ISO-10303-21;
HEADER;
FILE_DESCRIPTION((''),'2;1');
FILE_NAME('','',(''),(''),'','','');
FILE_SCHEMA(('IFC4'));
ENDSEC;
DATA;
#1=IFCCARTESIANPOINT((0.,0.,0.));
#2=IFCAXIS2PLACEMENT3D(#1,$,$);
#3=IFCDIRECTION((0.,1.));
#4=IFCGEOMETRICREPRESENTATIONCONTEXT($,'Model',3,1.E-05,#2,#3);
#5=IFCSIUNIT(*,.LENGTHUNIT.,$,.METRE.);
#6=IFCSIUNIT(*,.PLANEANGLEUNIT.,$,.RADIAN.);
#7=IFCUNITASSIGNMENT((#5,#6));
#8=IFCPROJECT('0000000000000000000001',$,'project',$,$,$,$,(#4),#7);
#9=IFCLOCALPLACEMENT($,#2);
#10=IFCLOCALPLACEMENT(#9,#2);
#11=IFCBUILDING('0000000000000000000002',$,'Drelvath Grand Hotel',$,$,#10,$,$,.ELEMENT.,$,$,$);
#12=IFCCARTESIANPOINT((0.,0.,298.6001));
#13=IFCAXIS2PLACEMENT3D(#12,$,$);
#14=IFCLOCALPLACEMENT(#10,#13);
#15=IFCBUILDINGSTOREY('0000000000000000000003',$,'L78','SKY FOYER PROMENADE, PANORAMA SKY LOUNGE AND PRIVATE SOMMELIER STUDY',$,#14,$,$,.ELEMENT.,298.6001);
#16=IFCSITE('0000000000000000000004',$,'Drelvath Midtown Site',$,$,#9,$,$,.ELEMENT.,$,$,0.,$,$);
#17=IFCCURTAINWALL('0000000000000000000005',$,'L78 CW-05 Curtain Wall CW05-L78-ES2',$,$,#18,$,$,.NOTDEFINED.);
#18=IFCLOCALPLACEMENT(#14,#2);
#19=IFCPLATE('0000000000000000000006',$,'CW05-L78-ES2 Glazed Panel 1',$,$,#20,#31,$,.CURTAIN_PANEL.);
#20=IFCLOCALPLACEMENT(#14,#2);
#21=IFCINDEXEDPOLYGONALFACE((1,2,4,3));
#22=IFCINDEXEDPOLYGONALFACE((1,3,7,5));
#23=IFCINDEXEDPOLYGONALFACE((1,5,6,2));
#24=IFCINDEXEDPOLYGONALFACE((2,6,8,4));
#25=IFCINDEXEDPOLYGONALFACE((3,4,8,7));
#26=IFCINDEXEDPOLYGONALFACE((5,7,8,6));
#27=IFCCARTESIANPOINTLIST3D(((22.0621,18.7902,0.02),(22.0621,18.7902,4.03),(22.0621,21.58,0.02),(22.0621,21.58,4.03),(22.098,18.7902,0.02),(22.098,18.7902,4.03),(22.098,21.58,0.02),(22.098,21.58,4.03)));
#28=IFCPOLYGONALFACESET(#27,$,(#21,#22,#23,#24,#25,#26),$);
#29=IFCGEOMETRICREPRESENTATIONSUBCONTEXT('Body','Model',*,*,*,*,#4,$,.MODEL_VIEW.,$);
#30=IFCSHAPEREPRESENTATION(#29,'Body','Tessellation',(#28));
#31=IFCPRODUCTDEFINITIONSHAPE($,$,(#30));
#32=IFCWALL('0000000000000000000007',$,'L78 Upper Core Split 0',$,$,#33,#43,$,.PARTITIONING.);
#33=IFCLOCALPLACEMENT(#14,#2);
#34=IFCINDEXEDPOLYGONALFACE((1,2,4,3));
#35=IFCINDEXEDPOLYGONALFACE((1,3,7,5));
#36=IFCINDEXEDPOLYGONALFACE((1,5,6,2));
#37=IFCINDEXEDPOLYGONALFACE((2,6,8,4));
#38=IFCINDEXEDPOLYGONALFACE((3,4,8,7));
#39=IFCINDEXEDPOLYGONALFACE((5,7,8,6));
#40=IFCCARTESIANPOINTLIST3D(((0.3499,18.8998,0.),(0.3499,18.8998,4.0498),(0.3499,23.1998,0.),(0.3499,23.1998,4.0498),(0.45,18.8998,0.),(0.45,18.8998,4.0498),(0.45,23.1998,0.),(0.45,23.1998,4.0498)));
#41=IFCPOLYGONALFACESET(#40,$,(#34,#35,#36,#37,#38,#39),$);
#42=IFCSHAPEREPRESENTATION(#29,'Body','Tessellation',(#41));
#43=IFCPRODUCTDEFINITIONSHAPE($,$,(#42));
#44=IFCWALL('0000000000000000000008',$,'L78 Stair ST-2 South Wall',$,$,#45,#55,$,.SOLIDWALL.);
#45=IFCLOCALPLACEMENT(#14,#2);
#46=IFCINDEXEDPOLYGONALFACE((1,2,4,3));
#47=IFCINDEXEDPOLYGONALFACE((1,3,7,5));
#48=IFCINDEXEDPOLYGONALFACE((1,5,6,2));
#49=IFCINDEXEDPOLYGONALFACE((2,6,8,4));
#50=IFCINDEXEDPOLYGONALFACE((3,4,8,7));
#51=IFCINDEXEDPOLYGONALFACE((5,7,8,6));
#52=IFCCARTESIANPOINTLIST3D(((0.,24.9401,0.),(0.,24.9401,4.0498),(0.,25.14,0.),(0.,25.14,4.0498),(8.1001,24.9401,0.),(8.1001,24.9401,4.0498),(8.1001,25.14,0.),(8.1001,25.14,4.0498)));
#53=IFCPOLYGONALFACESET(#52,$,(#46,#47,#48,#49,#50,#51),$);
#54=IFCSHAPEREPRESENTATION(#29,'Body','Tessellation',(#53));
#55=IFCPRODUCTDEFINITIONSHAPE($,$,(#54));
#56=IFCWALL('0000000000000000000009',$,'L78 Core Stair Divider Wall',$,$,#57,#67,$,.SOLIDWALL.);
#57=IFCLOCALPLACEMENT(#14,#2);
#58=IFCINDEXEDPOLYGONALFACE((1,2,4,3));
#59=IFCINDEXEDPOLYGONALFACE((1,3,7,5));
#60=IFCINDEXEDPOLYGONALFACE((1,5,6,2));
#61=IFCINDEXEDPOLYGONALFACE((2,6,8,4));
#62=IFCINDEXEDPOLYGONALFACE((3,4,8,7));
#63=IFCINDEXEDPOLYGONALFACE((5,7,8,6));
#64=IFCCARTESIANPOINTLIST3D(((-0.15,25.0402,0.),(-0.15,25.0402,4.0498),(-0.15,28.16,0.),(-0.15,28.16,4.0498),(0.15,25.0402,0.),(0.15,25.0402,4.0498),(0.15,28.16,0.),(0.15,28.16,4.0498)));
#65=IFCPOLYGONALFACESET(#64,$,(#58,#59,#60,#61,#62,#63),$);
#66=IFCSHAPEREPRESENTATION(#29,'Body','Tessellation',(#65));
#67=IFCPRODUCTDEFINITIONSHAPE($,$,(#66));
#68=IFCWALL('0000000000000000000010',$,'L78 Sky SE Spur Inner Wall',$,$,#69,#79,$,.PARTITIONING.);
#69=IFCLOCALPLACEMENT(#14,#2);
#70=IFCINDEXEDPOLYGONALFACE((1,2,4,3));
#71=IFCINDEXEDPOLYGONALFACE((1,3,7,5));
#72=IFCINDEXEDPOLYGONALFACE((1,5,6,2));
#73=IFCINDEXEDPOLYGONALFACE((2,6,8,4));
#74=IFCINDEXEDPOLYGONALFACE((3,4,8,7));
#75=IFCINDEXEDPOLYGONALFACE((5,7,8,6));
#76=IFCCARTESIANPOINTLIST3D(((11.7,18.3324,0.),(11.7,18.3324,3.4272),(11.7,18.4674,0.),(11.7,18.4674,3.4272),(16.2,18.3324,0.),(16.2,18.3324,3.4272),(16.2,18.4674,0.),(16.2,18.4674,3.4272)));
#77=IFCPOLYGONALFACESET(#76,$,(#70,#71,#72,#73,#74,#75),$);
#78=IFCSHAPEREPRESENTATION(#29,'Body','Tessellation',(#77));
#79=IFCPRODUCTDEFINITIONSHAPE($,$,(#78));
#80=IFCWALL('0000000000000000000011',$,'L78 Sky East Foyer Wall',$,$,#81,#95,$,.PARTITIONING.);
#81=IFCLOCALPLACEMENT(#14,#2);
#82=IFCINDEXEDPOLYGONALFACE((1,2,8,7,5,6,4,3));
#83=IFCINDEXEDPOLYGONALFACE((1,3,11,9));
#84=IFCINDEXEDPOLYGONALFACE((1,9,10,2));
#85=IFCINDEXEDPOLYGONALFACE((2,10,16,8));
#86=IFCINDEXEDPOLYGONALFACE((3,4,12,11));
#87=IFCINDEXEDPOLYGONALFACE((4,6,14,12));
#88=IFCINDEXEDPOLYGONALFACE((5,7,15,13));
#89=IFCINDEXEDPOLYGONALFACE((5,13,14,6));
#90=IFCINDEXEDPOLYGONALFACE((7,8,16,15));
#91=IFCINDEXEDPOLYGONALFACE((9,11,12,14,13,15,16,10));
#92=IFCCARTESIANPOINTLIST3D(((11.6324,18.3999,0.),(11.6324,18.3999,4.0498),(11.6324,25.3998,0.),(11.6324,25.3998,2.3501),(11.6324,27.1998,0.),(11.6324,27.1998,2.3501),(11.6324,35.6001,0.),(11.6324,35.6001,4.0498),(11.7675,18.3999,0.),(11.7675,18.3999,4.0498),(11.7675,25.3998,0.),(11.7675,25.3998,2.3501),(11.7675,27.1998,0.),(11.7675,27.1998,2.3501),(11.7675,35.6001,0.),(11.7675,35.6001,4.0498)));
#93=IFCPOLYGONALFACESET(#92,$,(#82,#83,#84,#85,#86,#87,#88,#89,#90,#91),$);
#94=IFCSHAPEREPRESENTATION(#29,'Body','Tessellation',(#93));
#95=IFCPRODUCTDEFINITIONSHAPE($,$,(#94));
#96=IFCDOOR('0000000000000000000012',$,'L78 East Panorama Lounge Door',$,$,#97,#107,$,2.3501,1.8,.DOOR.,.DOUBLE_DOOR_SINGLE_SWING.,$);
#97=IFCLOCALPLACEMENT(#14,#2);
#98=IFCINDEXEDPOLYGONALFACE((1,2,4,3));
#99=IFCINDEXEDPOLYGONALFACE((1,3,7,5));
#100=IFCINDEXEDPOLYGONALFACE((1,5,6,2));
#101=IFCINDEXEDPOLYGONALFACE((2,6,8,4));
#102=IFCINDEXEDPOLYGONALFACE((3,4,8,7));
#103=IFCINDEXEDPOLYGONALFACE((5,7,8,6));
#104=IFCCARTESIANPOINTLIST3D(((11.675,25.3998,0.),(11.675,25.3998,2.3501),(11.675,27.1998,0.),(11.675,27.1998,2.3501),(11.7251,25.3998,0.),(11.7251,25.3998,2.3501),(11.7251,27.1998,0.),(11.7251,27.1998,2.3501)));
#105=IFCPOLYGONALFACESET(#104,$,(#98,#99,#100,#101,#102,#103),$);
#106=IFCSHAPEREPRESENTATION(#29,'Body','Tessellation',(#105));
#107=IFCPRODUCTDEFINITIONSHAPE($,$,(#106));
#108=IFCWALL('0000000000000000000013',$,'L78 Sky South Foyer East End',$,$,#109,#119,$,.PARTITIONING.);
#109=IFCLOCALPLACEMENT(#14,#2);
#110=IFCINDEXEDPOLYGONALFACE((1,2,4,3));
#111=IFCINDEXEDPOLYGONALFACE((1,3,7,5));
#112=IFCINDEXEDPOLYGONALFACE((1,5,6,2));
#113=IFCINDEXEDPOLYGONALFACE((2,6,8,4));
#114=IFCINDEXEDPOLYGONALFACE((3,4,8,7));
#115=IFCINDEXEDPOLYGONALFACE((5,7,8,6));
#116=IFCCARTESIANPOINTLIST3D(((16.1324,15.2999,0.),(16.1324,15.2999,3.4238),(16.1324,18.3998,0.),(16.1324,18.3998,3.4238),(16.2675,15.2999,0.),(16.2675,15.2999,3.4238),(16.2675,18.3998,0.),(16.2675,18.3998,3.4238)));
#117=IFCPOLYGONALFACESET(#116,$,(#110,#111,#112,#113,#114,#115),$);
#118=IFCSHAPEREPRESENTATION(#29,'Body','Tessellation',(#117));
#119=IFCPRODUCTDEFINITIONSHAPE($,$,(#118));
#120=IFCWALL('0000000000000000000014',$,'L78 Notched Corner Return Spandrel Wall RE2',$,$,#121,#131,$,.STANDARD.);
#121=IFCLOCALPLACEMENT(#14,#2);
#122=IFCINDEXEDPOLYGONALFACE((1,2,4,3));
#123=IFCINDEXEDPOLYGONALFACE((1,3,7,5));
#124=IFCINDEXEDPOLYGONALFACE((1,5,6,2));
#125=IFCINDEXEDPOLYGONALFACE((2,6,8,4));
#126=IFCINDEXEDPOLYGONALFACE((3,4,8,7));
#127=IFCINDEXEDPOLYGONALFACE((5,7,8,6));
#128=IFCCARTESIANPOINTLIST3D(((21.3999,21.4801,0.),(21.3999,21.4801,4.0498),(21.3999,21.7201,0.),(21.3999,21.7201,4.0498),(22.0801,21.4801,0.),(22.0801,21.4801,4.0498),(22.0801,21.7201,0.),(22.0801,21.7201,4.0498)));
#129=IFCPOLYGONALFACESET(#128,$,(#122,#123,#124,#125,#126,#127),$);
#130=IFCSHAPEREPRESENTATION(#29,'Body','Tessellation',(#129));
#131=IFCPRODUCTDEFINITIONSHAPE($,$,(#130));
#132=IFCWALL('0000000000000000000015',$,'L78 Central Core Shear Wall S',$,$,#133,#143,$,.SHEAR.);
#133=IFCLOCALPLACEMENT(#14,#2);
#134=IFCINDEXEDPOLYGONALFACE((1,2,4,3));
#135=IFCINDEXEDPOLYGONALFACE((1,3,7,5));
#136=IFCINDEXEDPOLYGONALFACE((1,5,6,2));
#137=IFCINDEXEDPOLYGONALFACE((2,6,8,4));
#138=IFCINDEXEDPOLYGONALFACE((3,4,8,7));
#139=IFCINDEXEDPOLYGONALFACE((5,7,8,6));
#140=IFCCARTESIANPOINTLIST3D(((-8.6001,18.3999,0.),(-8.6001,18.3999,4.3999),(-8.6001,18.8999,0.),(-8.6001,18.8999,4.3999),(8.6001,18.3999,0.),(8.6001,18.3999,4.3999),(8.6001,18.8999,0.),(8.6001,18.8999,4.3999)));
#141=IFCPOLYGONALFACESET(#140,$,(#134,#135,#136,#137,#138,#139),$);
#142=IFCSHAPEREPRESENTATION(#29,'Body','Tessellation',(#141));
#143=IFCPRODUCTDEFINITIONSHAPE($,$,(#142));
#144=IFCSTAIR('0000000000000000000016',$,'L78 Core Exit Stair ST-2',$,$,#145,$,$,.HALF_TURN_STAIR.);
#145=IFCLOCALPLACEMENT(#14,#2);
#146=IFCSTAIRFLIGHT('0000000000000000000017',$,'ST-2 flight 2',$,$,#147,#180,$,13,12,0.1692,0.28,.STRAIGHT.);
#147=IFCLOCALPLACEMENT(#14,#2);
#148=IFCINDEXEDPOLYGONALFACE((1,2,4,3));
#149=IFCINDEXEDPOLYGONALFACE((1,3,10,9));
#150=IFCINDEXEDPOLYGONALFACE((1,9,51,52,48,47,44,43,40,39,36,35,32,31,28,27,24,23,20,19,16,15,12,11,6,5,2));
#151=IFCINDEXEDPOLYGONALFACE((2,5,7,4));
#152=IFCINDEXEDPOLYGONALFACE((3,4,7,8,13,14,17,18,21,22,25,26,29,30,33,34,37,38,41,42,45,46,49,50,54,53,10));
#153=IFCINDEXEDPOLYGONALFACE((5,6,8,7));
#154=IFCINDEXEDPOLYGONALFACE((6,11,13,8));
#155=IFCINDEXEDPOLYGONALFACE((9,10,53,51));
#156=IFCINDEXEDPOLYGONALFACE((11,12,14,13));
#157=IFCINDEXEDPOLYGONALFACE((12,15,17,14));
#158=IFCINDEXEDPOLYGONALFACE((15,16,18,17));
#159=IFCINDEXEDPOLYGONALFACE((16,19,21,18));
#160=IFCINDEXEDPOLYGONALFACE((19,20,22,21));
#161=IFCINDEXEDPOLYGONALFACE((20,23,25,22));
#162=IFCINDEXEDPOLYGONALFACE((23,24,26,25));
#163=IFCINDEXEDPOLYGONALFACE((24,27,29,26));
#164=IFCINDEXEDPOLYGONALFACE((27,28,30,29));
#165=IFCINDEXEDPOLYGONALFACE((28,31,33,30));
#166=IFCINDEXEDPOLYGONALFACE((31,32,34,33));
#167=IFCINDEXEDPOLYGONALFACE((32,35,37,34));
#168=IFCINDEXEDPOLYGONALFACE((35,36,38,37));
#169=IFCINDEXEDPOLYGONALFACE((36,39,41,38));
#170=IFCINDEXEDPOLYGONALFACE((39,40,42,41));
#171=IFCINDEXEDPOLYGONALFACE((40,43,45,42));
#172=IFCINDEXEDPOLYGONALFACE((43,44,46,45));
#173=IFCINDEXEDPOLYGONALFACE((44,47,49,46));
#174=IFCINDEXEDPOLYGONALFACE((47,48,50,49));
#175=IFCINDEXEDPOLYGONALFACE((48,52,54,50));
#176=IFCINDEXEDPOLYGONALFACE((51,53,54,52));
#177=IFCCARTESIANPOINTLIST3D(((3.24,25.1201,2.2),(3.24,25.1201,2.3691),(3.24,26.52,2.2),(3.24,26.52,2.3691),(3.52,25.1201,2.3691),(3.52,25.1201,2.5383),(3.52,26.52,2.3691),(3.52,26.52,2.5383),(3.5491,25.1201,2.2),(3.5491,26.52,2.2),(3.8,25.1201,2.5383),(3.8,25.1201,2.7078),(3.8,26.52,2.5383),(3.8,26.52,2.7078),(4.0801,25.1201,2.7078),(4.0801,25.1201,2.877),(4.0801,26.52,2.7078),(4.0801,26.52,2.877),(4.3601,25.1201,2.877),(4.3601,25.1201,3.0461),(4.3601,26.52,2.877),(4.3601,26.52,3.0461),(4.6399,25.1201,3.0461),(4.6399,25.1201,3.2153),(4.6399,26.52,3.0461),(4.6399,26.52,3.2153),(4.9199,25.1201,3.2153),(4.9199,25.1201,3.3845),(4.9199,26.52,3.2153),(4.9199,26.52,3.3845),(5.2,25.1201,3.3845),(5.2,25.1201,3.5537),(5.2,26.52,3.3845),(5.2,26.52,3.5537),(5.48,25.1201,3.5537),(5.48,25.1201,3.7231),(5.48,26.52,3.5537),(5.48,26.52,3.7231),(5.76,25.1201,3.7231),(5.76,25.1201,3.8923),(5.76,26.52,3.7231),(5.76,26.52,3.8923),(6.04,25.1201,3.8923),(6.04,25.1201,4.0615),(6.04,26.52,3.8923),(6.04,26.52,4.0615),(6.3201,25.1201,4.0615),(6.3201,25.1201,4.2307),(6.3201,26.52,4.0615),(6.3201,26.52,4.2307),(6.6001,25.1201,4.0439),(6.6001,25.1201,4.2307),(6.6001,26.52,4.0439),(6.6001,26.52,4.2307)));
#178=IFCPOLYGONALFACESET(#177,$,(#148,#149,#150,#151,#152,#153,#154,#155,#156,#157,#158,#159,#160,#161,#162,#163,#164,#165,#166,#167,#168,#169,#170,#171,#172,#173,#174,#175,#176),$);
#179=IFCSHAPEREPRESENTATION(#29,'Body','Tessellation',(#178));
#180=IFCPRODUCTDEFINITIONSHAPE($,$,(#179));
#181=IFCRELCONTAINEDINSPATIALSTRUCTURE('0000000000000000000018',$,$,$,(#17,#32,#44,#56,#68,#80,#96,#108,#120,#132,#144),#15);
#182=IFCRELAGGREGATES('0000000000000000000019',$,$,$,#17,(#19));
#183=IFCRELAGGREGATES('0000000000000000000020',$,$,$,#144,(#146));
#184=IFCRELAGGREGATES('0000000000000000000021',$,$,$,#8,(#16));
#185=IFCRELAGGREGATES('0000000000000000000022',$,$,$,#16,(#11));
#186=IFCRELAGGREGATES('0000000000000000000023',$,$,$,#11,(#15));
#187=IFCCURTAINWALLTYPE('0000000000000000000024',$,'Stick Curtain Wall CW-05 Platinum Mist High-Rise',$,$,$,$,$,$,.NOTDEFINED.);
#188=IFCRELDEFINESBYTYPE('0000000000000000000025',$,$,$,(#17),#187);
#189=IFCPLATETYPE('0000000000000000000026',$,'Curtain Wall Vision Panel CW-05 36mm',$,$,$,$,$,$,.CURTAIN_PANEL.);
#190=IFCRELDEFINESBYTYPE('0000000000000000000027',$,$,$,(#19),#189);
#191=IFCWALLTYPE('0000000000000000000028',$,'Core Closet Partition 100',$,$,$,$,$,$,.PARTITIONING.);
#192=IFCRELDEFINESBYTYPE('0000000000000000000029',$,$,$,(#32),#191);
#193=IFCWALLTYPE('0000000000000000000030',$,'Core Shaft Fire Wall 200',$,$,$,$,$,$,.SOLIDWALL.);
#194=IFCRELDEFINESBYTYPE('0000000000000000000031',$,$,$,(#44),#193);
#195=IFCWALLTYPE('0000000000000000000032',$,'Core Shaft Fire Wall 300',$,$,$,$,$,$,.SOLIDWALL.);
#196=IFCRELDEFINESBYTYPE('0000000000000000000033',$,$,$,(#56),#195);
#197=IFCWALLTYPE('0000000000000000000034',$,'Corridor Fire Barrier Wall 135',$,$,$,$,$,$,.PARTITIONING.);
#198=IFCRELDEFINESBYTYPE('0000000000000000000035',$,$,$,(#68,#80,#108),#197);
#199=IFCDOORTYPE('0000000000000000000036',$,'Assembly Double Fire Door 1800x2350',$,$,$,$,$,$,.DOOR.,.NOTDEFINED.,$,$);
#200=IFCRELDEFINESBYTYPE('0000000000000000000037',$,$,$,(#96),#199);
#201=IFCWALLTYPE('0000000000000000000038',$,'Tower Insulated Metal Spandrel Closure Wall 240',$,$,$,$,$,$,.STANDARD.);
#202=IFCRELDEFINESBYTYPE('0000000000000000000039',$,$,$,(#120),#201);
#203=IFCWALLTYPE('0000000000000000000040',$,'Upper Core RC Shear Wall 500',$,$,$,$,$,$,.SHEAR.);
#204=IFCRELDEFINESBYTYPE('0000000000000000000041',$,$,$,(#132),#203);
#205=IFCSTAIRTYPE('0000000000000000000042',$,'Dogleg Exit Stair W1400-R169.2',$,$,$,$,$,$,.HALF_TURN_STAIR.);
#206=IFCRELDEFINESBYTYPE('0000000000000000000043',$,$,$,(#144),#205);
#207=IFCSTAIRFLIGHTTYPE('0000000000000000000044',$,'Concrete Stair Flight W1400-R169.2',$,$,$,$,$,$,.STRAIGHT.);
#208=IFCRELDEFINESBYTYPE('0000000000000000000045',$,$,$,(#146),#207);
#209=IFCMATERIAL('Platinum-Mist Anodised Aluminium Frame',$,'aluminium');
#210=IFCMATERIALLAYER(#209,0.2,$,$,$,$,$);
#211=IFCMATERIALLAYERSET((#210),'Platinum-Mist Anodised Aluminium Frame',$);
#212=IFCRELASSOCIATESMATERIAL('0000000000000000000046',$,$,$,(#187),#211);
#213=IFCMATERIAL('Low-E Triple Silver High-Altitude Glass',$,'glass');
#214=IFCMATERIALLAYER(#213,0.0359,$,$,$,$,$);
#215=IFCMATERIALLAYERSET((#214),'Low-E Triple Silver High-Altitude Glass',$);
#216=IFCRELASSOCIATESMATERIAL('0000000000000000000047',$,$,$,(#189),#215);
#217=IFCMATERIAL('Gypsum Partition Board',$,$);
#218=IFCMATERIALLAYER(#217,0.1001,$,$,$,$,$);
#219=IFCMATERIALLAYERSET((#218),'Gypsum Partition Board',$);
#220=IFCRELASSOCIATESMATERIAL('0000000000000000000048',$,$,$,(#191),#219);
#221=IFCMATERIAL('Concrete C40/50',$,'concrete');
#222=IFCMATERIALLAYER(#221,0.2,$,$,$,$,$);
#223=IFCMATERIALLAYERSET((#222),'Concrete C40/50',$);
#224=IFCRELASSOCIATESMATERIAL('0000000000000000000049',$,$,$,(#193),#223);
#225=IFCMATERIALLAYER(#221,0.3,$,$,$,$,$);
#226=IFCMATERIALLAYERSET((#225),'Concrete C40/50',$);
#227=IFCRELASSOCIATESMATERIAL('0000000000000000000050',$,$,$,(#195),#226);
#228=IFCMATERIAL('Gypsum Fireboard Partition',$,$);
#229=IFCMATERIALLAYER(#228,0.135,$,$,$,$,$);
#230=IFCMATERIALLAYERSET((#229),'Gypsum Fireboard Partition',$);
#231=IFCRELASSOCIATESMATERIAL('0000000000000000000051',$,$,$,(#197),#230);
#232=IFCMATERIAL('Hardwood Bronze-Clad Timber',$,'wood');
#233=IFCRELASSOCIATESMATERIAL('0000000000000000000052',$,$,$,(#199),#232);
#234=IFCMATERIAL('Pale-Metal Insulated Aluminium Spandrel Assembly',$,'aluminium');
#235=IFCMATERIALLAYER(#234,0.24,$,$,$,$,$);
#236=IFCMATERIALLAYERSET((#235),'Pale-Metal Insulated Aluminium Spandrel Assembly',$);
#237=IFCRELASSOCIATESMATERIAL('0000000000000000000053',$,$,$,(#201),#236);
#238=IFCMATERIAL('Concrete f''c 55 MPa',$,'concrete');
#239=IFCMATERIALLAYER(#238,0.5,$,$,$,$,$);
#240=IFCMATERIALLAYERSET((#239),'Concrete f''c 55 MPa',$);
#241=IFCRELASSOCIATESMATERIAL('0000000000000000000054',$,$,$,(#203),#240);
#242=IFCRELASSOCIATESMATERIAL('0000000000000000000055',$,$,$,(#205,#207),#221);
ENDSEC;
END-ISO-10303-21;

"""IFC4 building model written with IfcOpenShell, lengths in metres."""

from ifc_helpers import new_model, si_unit, direction, frame, frame_2d, origin, origin_2d, place, context, subcontext, project, spatial, polyline, rectangle, outline, extrude, material, layer, layer_set, type_object, element, fill, aggregate, save


model = new_model("IFC4")

# Units and contexts
model_context = context("Model", 3, precision=1e-05, world=origin(), true_north=direction((0.0, 1.0)))
body_context = subcontext(model_context, "Body", "Model", "MODEL_VIEW")
ifc_project = project(units=[si_unit("LENGTHUNIT", "METRE"), si_unit("PLANEANGLEUNIT", "RADIAN")], contexts=[model_context])

# Site, building, storey
site_placement = place(None, origin())
site = spatial("IfcSite", under=ifc_project, at=site_placement, Name="Drelvath Midtown Site", CompositionType="ELEMENT", RefElevation=0.0)
building_placement = place(site_placement, origin())
building = spatial("IfcBuilding", under=site, at=building_placement, Name="Drelvath Grand Hotel", CompositionType="ELEMENT")
storey_placement = place(building_placement, frame((0.0, 0.0, 298.6001)))
storey = spatial("IfcBuildingStorey", under=building, at=storey_placement, Name="L78", Description="SKY FOYER PROMENADE, PANORAMA SKY LOUNGE AND PRIVATE SOMMELIER STUDY", CompositionType="ELEMENT", Elevation=298.6001)

# Shared definitions
ifc_material_1 = material(Name="Concrete f'c 55 MPa", Category="concrete")

# Curtain wall
ifc_material_2 = material(Name="Platinum-Mist Anodised Aluminium Frame", Category="aluminium")
ifc_layer_1 = layer(ifc_material_2, 0.2)
ifc_layer_set_1 = layer_set([ifc_layer_1], Name="Platinum-Mist Anodised Aluminium Frame")
curtain_wall_type = type_object("IfcCurtainWallType", Name="Stick Curtain Wall CW-05 Platinum Mist High-Rise", PredefinedType="NOTDEFINED", material=ifc_layer_set_1)
curtain_wall_1_placement = place(storey_placement, origin())
curtain_wall_1 = element("IfcCurtainWall", 1, at=curtain_wall_1_placement, inside=storey, type_object=curtain_wall_type, Name="L78 CW-05 Curtain Wall CW05-L78-ES2", PredefinedType="NOTDEFINED")

# Plate
ifc_material_3 = material(Name="Low-E Triple Silver High-Altitude Glass", Category="glass")
ifc_layer_2 = layer(ifc_material_3, 0.0359)
ifc_layer_set_2 = layer_set([ifc_layer_2], Name="Low-E Triple Silver High-Altitude Glass")
plate_type = type_object("IfcPlateType", Name="Curtain Wall Vision Panel CW-05 36mm", PredefinedType="CURTAIN_PANEL", material=ifc_layer_set_2)
plate_1_placement = place(storey_placement, frame((22.0801, 20.1851, 0.02), z_axis=(0.0, 0.0, 1.0), x_axis=(0.0, -1.0, 0.0)))
plate_1 = element("IfcPlate", 2, at=plate_1_placement, type_object=plate_type, Name="CW05-L78-ES2 Glazed Panel 1", PredefinedType="CURTAIN_PANEL", context=body_context, shape_type="SweptSolid", body=[
    extrude(rectangle(XDim=2.7898, YDim=0.0359, at=origin_2d()), origin(), (0.0, 0.0, 1.0), 4.01),
])
aggregate(curtain_wall_1, [plate_1])

# Walls
ifc_material_4 = material(Name="Gypsum Partition Board")
ifc_layer_3 = layer(ifc_material_4, 0.1001)
ifc_layer_set_3 = layer_set([ifc_layer_3], Name="Gypsum Partition Board")
wall_type_1 = type_object("IfcWallType", Name="Core Closet Partition 100", PredefinedType="PARTITIONING", material=ifc_layer_set_3)
wall_1_placement = place(storey_placement, frame((0.3999, 18.8999, 0.0), z_axis=(0.0, 0.0, 1.0), x_axis=(0.0, 1.0, 0.0)))
element("IfcWall", 3, at=wall_1_placement, inside=storey, type_object=wall_type_1, Name="L78 Upper Core Split 0", PredefinedType="PARTITIONING", context=body_context, shape_type="SweptSolid", body=[
    extrude(rectangle(XDim=4.3, YDim=0.1001, at=frame_2d((2.1499, 0.0))), origin(), (0.0, 0.0, 1.0), 4.0498),
])
ifc_material_5 = material(Name="Concrete C40/50", Category="concrete")
ifc_layer_4 = layer(ifc_material_5, 0.2)
ifc_layer_set_4 = layer_set([ifc_layer_4], Name="Concrete C40/50")
wall_type_2 = type_object("IfcWallType", Name="Core Shaft Fire Wall 200", PredefinedType="SOLIDWALL", material=ifc_layer_set_4)
wall_2_placement = place(storey_placement, frame((0.0, 25.04, 0.0), z_axis=(0.0, 0.0, 1.0), x_axis=(1.0, 0.0, 0.0)))
element("IfcWall", 4, at=wall_2_placement, inside=storey, type_object=wall_type_2, Name="L78 Stair ST-2 South Wall", PredefinedType="SOLIDWALL", context=body_context, shape_type="SweptSolid", body=[
    extrude(rectangle(XDim=8.1001, YDim=0.2, at=frame_2d((4.05, 0.0))), origin(), (0.0, 0.0, 1.0), 4.0498),
])
ifc_layer_5 = layer(ifc_material_5, 0.3)
ifc_layer_set_5 = layer_set([ifc_layer_5], Name="Concrete C40/50")
wall_type_3 = type_object("IfcWallType", Name="Core Shaft Fire Wall 300", PredefinedType="SOLIDWALL", material=ifc_layer_set_5)
wall_3_placement = place(storey_placement, frame((0.0, 25.04, 0.0), z_axis=(0.0, 0.0, 1.0), x_axis=(0.0, 1.0, 0.0)))
element("IfcWall", 5, at=wall_3_placement, inside=storey, type_object=wall_type_3, Name="L78 Core Stair Divider Wall", PredefinedType="SOLIDWALL", context=body_context, shape_type="SweptSolid", body=[
    extrude(rectangle(XDim=3.1199, YDim=0.3, at=frame_2d((1.5601, 0.0))), origin(), (0.0, 0.0, 1.0), 4.0498),
])
ifc_material_6 = material(Name="Gypsum Fireboard Partition")
ifc_layer_6 = layer(ifc_material_6, 0.135)
ifc_layer_set_6 = layer_set([ifc_layer_6], Name="Gypsum Fireboard Partition")
wall_type_4 = type_object("IfcWallType", Name="Corridor Fire Barrier Wall 135", PredefinedType="PARTITIONING", material=ifc_layer_set_6)
wall_4_placement = place(storey_placement, frame((11.7, 18.3999, 0.0), z_axis=(0.0, 0.0, 1.0), x_axis=(1.0, 0.0, 0.0)))
element("IfcWall", 6, at=wall_4_placement, inside=storey, type_object=wall_type_4, Name="L78 Sky SE Spur Inner Wall", PredefinedType="PARTITIONING", context=body_context, shape_type="SweptSolid", body=[
    extrude(rectangle(XDim=4.5, YDim=0.135, at=frame_2d((2.25, 0.0))), origin(), (0.0, 0.0, 1.0), 3.4272),
])

# Wall, opening, door
wall_5_placement = place(storey_placement, frame((11.7, 18.3999, 0.0), z_axis=(0.0, 0.0, 1.0), x_axis=(0.0, 1.0, 0.0)))
wall_5 = element("IfcWall", 7, at=wall_5_placement, inside=storey, type_object=wall_type_4, Name="L78 Sky East Foyer Wall", PredefinedType="PARTITIONING", context=body_context, shape_type="SweptSolid", body=[
    extrude(rectangle(XDim=17.2002, YDim=0.135, at=frame_2d((8.6001, 0.0))), origin(), (0.0, 0.0, 1.0), 4.0498),
])
opening_placement = place(wall_5_placement, frame((7.0, 0.0, 0.0)))
opening = element("IfcOpeningElement", 8, at=opening_placement, cuts=wall_5, PredefinedType="OPENING", context=body_context, shape_type="SweptSolid", body=[
    extrude(rectangle(XDim=1.8, YDim=2.3501, at=frame_2d((0.8999, 1.175))), frame((0.0, 0.0774, 0.0), z_axis=(0.0, -1.0, 0.0), x_axis=(1.0, 0.0, 0.0)), (0.0, 0.0, 1.0), 0.155),
])
ifc_material_7 = material(Name="Hardwood Bronze-Clad Timber", Category="wood")
door_type = type_object("IfcDoorType", Name="Assembly Double Fire Door 1800x2350", OperationType="NOTDEFINED", PredefinedType="DOOR", material=ifc_material_7)
door_placement = place(opening_placement, origin())
door = element("IfcDoor", 9, at=door_placement, inside=storey, type_object=door_type, Name="L78 East Panorama Lounge Door", OperationType="DOUBLE_DOOR_SINGLE_SWING", OverallHeight=2.3501, OverallWidth=1.8, PredefinedType="DOOR", context=body_context, shape_type="SweptSolid", body=[
    extrude(rectangle(XDim=1.8, YDim=2.3501, at=frame_2d((0.8999, 1.175))), frame((0.0, 0.0249, 0.0), z_axis=(0.0, -1.0, 0.0), x_axis=(1.0, 0.0, 0.0)), (0.0, 0.0, 1.0), 0.05),
])
fill(opening, door)

# Walls
wall_6_placement = place(storey_placement, frame((16.2, 15.3, 0.0), z_axis=(0.0, 0.0, 1.0), x_axis=(0.0, 1.0, 0.0)))
element("IfcWall", 10, at=wall_6_placement, inside=storey, type_object=wall_type_4, Name="L78 Sky South Foyer East End", PredefinedType="PARTITIONING", context=body_context, shape_type="SweptSolid", body=[
    extrude(rectangle(XDim=3.0999, YDim=0.135, at=frame_2d((1.5498, 0.0))), origin(), (0.0, 0.0, 1.0), 3.4238),
])
ifc_material_8 = material(Name="Pale-Metal Insulated Aluminium Spandrel Assembly", Category="aluminium")
ifc_layer_7 = layer(ifc_material_8, 0.24)
ifc_layer_set_7 = layer_set([ifc_layer_7], Name="Pale-Metal Insulated Aluminium Spandrel Assembly")
wall_type_5 = type_object("IfcWallType", Name="Tower Insulated Metal Spandrel Closure Wall 240", PredefinedType="STANDARD", material=ifc_layer_set_7)
wall_7_placement = place(storey_placement, frame((21.3999, 21.6001, 0.0), z_axis=(0.0, 0.0, 1.0), x_axis=(1.0, 0.0, 0.0)))
element("IfcWall", 11, at=wall_7_placement, inside=storey, type_object=wall_type_5, Name="L78 Notched Corner Return Spandrel Wall RE2", PredefinedType="STANDARD", context=body_context, shape_type="SweptSolid", body=[
    extrude(rectangle(XDim=0.6802, YDim=0.24, at=frame_2d((0.3401, 0.0))), origin(), (0.0, 0.0, 1.0), 4.0498),
])
ifc_layer_8 = layer(ifc_material_1, 0.5)
ifc_layer_set_8 = layer_set([ifc_layer_8], Name="Concrete f'c 55 MPa")
wall_type_6 = type_object("IfcWallType", Name="Upper Core RC Shear Wall 500", PredefinedType="SHEAR", material=ifc_layer_set_8)
wall_8_placement = place(storey_placement, frame((8.6001, 18.6499, 0.0), z_axis=(0.0, 0.0, 1.0), x_axis=(-1.0, 0.0, 0.0)))
element("IfcWall", 12, at=wall_8_placement, inside=storey, type_object=wall_type_6, Name="L78 Central Core Shear Wall S", PredefinedType="SHEAR", context=body_context, shape_type="SweptSolid", body=[
    extrude(rectangle(XDim=17.2002, YDim=0.5, at=frame_2d((8.6001, 0.0))), origin(), (0.0, 0.0, 1.0), 4.3999),
])

# Stair, stair flight
stair_type = type_object("IfcStairType", Name="Dogleg Exit Stair W1400-R169.2", PredefinedType="HALF_TURN_STAIR", material=ifc_material_5)
stair_placement = place(storey_placement, origin())
stair = element("IfcStair", 13, at=stair_placement, inside=storey, type_object=stair_type, Name="L78 Core Exit Stair ST-2", PredefinedType="HALF_TURN_STAIR")
stair_flight_type = type_object("IfcStairFlightType", Name="Concrete Stair Flight W1400-R169.2", PredefinedType="STRAIGHT", material=ifc_material_5)
stair_flight_placement = place(storey_placement, frame((3.24, 25.8201, 2.2), z_axis=(0.0, 0.0, 1.0), x_axis=(1.0, 0.0, 0.0)))
stair_flight = element("IfcStairFlight", 14, at=stair_flight_placement, type_object=stair_flight_type, Name="ST-2 flight 2", NumberOfRisers=13, NumberOfTreads=12, PredefinedType="STRAIGHT", RiserHeight=0.1692, TreadLength=0.28, context=body_context, shape_type="SweptSolid", body=[
    extrude(outline(polyline([(0.0, 0.0), (0.0, 0.1692), (0.28, 0.1692), (0.28, 0.3384), (0.5601, 0.3384), (0.5601, 0.5078), (0.8401, 0.5078), (0.8401, 0.677), (1.1201, 0.677), (1.1201, 0.8462), (1.3999, 0.8462), (1.3999, 1.0154), (1.6799, 1.0154), (1.6799, 1.1846), (1.96, 1.1846), (1.96, 1.3538), (2.24, 1.3538), (2.24, 1.5232), (2.52, 1.5232), (2.52, 1.6924), (2.8, 1.6924), (2.8, 1.8616), (3.0801, 1.8616), (3.0801, 2.0308), (3.3601, 2.0308), (3.3601, 2.2), (3.3601, 1.844), (0.3091, 0.0), (0.0, 0.0)])), frame((0.0, 0.7, 0.0), z_axis=(0.0, -1.0, 0.0), x_axis=(1.0, 0.0, 0.0)), (0.0, 0.0, 1.0), 1.3999),
])
aggregate(stair, [stair_flight])

save(model, "model.ifc")
